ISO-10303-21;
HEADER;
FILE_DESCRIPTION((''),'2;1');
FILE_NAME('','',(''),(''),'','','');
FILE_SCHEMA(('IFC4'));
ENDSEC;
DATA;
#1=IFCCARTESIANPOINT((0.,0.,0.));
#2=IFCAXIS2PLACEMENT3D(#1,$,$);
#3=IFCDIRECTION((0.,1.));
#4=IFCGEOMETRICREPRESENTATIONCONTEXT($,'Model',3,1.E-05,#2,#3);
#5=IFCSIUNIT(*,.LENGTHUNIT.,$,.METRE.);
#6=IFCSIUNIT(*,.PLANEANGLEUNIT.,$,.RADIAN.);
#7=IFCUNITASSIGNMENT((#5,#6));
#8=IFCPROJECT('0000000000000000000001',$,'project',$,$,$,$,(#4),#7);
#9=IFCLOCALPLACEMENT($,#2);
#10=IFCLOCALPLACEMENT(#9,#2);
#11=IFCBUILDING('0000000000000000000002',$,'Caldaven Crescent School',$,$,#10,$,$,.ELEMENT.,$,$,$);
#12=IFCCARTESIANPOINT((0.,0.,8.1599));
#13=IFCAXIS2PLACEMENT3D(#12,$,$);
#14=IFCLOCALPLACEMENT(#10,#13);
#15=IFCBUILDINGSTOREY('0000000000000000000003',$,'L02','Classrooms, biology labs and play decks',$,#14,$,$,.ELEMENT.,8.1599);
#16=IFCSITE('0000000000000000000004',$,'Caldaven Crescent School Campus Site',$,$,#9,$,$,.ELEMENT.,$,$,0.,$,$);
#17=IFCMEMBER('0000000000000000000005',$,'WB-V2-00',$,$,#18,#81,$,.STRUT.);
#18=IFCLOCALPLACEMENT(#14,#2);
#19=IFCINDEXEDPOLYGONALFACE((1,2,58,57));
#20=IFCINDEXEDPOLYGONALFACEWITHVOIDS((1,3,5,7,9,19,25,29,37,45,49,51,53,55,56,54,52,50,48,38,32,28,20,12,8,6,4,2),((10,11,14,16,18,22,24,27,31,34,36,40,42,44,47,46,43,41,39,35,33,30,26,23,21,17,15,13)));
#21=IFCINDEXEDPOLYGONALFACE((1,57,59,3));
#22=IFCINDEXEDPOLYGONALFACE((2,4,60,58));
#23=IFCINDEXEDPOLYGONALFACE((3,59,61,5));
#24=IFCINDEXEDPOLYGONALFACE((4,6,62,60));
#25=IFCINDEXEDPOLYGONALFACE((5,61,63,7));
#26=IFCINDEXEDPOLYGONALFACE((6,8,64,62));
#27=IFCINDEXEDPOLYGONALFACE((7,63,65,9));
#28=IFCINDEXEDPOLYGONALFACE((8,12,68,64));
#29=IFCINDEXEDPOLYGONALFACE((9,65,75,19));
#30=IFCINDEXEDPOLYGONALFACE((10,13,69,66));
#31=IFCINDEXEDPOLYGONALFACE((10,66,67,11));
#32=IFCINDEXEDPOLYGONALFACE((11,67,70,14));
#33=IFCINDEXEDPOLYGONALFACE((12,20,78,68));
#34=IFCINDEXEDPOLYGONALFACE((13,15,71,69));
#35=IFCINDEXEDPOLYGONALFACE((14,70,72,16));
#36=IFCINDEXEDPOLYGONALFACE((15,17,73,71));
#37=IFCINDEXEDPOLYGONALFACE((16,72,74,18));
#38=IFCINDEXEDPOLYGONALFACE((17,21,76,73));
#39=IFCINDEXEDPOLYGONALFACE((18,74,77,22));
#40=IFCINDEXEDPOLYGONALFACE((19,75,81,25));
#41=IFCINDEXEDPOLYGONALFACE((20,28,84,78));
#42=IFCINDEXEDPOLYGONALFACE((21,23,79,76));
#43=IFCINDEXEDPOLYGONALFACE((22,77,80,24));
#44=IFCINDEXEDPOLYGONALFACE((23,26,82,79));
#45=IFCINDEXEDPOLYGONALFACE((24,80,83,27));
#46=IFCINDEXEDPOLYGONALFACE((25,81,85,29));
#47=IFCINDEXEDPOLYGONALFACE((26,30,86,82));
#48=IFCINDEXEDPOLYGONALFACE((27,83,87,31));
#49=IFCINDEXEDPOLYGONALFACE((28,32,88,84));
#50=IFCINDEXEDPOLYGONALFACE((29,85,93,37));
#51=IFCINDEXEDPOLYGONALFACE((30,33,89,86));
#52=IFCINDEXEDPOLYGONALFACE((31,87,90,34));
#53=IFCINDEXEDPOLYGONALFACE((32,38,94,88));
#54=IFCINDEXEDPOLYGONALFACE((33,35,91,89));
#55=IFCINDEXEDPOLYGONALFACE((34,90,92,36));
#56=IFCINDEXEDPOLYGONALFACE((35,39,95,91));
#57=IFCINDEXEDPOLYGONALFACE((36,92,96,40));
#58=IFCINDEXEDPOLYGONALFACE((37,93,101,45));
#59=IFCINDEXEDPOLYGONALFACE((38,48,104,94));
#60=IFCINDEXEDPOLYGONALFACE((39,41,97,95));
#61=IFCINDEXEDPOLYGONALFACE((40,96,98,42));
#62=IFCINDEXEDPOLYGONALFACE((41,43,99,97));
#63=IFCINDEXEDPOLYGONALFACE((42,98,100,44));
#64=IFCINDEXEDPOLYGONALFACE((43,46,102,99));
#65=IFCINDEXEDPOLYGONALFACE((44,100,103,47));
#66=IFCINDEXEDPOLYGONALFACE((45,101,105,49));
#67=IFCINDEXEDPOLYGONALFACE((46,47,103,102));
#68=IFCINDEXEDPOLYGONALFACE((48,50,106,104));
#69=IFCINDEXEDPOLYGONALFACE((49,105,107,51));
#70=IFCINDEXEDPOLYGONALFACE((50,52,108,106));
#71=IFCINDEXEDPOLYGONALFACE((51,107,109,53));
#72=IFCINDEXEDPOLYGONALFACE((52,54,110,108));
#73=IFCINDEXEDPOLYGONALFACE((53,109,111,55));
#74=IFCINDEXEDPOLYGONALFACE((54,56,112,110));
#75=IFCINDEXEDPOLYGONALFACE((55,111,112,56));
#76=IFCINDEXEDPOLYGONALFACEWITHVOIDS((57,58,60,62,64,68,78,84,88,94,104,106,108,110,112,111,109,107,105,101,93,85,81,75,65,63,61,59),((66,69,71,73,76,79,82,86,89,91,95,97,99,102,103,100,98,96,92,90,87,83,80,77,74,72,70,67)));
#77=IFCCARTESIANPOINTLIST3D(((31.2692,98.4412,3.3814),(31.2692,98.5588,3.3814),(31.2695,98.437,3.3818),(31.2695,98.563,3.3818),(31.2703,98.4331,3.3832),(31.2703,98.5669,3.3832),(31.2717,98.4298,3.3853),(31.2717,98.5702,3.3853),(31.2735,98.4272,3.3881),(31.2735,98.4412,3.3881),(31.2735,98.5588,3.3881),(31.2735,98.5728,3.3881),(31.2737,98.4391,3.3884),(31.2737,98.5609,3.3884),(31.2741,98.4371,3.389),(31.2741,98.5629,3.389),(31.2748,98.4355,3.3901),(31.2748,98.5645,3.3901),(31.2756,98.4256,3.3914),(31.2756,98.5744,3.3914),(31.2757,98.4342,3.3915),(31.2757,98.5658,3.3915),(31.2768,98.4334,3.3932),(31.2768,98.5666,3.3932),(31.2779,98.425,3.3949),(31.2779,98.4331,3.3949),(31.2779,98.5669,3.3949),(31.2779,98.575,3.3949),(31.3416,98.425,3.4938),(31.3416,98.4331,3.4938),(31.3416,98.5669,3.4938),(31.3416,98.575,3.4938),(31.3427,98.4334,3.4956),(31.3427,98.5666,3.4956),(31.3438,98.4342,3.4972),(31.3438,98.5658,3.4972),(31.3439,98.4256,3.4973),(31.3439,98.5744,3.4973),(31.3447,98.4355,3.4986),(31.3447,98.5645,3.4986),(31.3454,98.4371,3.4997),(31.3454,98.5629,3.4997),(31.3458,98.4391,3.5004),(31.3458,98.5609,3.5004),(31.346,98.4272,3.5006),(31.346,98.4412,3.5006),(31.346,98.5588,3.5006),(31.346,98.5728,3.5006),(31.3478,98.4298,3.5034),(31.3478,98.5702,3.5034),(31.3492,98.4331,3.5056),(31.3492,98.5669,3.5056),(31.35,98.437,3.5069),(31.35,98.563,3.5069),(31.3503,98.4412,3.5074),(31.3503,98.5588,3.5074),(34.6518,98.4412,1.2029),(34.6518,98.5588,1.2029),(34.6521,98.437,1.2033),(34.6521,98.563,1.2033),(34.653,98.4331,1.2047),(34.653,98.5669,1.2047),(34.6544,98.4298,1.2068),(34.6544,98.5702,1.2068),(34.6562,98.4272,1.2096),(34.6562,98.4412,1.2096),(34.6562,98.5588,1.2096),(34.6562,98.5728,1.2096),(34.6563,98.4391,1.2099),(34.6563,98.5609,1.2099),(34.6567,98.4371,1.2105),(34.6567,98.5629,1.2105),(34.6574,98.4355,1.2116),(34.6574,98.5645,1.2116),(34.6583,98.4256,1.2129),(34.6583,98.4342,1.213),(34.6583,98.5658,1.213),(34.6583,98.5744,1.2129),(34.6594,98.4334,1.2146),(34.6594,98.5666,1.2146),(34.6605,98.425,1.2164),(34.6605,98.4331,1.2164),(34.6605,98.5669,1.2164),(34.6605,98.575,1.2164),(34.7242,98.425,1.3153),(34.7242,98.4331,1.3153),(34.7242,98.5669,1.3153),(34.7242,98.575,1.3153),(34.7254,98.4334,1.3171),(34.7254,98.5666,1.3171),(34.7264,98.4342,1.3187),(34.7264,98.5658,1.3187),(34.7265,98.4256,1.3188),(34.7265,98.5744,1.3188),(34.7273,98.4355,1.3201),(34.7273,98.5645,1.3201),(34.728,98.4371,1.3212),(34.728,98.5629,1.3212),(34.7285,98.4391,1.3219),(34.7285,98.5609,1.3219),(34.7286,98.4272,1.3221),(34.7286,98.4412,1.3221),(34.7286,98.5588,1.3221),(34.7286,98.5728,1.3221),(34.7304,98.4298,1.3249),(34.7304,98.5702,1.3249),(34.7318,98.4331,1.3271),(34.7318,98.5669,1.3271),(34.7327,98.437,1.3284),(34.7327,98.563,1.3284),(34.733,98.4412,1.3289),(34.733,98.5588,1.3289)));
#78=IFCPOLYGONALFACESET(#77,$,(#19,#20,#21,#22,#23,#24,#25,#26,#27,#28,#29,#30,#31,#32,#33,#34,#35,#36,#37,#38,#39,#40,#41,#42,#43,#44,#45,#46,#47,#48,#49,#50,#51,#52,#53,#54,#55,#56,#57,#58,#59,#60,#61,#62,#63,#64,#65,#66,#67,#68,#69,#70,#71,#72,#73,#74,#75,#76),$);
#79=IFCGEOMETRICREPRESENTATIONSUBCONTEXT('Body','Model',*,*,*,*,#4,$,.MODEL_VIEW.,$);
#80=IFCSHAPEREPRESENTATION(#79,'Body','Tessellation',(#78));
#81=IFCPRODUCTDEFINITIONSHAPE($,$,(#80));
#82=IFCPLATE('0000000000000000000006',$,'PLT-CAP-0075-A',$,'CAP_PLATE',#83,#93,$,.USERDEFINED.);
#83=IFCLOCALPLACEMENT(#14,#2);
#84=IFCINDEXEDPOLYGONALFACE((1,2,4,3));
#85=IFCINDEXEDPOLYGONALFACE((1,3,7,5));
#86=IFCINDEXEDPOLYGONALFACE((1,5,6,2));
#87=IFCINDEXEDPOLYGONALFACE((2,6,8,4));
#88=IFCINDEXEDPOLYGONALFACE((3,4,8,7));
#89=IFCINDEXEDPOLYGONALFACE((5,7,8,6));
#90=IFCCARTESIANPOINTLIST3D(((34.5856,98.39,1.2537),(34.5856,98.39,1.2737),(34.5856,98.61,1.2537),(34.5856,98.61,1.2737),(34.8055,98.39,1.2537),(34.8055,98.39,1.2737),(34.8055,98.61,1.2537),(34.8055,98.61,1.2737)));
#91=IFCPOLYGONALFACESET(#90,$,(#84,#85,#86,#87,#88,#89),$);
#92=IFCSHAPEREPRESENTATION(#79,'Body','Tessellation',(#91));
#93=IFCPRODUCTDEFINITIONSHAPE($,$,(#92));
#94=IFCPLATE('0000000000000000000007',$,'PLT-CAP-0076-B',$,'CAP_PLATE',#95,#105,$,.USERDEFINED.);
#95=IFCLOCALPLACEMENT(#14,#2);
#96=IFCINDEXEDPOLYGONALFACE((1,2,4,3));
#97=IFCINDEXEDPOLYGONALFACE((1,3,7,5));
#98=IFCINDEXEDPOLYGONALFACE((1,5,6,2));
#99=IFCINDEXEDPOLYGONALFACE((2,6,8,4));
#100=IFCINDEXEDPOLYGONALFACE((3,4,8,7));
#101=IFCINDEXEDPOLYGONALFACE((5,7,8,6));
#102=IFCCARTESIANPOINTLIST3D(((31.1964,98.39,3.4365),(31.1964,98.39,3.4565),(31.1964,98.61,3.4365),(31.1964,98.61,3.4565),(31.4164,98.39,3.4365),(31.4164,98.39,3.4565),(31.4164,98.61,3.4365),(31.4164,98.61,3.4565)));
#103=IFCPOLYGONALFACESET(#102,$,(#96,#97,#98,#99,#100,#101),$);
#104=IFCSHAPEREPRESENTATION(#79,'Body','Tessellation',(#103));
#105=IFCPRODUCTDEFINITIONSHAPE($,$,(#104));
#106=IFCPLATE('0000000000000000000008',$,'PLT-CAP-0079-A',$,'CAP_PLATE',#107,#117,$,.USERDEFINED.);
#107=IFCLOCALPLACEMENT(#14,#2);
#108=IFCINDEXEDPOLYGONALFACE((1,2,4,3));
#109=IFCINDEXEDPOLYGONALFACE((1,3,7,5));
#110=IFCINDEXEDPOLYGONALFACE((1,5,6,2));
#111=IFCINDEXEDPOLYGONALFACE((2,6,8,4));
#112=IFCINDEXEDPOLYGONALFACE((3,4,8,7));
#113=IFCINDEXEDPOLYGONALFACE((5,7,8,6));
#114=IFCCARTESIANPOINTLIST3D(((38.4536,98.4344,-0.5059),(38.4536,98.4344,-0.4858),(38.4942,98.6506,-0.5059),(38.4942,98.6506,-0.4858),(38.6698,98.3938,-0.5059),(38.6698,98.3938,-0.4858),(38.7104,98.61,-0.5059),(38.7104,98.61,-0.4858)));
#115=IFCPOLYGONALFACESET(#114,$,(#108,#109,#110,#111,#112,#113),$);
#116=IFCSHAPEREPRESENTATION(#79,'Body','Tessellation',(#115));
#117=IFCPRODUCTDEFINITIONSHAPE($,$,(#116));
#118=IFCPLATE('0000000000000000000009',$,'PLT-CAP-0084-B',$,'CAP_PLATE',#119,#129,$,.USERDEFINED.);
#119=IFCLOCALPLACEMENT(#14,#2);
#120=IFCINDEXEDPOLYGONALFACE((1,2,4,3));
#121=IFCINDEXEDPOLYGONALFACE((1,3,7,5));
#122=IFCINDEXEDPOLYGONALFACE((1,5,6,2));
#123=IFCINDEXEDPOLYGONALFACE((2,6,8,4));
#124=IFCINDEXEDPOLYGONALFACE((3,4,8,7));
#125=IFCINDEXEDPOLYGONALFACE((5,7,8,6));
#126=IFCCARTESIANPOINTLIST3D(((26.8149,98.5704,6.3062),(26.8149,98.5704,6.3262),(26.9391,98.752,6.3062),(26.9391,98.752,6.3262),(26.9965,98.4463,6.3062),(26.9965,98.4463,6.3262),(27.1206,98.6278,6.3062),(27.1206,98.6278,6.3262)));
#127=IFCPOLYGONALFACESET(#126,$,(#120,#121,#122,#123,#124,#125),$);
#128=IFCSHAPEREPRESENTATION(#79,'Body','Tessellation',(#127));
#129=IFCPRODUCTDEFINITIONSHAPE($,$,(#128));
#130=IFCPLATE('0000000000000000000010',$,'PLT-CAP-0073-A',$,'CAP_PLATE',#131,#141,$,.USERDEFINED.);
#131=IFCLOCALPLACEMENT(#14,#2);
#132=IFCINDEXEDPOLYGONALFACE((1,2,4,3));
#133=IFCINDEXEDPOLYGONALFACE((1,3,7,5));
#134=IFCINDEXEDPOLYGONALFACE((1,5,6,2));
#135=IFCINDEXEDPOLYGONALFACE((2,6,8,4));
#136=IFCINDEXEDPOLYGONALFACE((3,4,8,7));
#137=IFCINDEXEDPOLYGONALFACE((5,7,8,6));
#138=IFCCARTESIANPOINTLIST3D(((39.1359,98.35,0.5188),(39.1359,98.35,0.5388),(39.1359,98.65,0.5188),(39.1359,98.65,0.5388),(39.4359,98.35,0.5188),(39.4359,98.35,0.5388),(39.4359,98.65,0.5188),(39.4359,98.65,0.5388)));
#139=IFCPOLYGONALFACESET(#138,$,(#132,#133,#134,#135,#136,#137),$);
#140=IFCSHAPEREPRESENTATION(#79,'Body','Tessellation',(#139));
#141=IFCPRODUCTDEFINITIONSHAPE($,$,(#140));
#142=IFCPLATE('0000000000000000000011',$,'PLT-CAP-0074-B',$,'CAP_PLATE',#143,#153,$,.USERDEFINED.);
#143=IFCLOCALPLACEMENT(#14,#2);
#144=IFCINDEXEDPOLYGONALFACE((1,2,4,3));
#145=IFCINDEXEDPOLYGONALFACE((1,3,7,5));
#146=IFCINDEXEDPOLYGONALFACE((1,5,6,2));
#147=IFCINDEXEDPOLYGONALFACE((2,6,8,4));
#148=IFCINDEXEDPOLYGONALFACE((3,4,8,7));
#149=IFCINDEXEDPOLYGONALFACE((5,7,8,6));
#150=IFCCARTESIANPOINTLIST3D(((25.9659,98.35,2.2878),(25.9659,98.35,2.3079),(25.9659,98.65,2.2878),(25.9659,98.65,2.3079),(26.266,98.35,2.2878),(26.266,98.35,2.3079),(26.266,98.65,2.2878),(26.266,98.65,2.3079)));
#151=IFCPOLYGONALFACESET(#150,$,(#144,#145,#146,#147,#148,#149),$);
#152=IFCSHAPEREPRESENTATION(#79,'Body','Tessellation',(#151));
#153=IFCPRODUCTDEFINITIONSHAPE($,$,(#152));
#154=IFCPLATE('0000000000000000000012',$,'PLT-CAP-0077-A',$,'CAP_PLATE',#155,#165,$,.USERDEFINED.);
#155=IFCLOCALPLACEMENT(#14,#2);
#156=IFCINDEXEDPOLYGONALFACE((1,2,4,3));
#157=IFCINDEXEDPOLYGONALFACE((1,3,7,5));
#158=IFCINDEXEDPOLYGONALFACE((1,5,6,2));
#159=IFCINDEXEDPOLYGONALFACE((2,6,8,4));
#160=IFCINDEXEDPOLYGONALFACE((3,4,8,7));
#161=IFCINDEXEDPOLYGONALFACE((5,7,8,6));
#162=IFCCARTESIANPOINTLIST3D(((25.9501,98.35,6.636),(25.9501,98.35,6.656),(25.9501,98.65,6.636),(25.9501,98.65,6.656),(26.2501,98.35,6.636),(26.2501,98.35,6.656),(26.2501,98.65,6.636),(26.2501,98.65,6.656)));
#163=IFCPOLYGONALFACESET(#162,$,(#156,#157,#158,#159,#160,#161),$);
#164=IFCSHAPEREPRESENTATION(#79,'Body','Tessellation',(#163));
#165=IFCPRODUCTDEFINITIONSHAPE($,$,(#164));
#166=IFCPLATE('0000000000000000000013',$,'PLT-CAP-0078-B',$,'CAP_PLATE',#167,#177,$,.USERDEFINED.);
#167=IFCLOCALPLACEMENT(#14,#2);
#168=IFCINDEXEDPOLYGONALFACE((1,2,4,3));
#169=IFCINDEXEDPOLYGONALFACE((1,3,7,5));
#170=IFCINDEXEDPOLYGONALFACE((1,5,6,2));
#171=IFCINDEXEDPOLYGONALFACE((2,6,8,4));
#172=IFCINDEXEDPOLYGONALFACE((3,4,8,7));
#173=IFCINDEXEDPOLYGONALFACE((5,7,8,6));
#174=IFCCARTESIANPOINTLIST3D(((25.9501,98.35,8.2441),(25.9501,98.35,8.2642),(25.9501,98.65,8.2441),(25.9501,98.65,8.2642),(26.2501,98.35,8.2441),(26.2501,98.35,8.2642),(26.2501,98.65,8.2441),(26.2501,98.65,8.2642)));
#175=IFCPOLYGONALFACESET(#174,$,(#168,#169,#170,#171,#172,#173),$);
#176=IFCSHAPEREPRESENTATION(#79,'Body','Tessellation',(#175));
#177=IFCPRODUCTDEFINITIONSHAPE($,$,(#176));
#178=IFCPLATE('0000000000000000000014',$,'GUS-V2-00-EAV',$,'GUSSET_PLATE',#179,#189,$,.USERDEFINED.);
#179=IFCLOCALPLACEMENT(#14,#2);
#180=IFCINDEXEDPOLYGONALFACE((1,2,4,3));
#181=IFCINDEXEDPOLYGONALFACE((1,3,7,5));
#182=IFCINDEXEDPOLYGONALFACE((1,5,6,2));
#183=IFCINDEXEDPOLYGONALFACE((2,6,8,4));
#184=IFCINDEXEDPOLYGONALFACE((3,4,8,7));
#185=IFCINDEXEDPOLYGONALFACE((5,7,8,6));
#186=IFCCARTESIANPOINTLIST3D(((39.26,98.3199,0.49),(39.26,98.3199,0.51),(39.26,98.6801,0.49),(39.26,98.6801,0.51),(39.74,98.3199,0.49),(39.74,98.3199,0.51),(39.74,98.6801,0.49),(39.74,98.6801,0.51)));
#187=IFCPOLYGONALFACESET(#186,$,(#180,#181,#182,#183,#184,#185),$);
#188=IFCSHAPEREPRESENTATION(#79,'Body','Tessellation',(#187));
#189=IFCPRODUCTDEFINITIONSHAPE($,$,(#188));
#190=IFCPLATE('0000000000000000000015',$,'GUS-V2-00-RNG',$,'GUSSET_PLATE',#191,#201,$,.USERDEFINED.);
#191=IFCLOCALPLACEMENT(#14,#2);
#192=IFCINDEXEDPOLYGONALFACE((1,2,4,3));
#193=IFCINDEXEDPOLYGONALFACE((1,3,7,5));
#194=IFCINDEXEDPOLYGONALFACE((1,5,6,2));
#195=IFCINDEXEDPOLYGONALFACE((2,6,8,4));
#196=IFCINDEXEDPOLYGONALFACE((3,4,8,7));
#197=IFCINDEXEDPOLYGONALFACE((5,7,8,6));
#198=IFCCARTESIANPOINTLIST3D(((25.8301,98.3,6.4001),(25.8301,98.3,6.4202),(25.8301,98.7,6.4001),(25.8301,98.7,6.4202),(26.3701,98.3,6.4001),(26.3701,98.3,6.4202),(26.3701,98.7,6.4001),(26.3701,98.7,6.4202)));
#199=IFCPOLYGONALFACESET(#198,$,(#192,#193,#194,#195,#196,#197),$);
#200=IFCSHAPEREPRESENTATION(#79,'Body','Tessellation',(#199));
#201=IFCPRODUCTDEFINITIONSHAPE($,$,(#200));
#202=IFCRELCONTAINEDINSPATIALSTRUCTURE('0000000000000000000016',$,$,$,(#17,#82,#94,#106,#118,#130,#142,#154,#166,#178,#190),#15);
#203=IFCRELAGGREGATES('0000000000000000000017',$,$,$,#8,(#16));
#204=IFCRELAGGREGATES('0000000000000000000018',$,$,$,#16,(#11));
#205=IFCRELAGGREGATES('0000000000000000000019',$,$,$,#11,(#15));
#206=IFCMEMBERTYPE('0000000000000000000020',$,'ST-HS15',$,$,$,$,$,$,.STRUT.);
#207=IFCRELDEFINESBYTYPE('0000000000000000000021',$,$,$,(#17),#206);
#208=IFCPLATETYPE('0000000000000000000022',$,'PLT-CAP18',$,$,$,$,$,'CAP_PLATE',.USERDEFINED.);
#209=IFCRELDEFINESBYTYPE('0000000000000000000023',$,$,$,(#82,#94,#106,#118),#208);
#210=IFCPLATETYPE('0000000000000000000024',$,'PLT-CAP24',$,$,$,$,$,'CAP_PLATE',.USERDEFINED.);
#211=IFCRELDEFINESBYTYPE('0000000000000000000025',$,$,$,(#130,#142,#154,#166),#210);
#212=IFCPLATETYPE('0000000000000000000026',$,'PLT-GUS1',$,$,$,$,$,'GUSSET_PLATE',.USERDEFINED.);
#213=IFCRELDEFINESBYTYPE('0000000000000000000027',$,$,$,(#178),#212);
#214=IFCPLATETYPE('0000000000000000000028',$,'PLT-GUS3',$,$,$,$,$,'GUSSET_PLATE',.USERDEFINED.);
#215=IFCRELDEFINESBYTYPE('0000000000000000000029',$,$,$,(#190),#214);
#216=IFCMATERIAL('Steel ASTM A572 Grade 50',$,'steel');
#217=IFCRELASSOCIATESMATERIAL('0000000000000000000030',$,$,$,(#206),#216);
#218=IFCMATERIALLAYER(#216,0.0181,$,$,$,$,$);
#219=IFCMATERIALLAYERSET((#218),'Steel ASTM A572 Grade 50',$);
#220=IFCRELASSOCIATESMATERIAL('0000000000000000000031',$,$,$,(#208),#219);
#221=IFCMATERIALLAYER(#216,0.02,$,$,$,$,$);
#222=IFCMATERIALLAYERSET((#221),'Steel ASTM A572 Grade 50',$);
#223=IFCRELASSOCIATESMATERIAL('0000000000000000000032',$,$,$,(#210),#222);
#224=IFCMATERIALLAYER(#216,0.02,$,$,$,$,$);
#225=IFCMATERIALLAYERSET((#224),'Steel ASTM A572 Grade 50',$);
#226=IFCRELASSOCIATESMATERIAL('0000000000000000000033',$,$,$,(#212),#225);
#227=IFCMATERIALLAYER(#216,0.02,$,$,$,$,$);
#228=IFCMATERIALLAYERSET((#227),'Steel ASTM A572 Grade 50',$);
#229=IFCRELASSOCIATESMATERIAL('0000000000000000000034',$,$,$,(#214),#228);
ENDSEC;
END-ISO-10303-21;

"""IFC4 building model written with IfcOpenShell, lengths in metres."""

from ifc_helpers import new_model, si_unit, direction, frame, origin, origin_2d, place, context, subcontext, project, spatial, rectangle, hollow_rectangle, extrude, material, layer, layer_set, material_profile, profile_set, type_object, element, save


model = new_model("IFC4")

# Units and contexts
model_context = context("Model", 3, precision=1e-05, world=origin(), true_north=direction((0.0, 1.0)))
body_context = subcontext(model_context, "Body", "Model", "MODEL_VIEW")
ifc_project = project(units=[si_unit("LENGTHUNIT", "METRE"), si_unit("PLANEANGLEUNIT", "RADIAN")], contexts=[model_context])

# Site, building, storey
site_placement = place(None, origin())
site = spatial("IfcSite", under=ifc_project, at=site_placement, Name="Caldaven Crescent School Campus Site", CompositionType="ELEMENT", RefElevation=0.0)
building_placement = place(site_placement, origin())
building = spatial("IfcBuilding", under=site, at=building_placement, Name="Caldaven Crescent School", CompositionType="ELEMENT")
storey_placement = place(building_placement, frame((0.0, 0.0, 8.1599)))
storey = spatial("IfcBuildingStorey", under=building, at=storey_placement, Name="L02", Description="Classrooms, biology labs and play decks", CompositionType="ELEMENT", Elevation=8.1599)

# Shared definitions
ifc_material_1 = material(Name="Steel ASTM A572 Grade 50", Category="steel")

# Member
ifc_material_profile_1 = material_profile(ifc_material_1, hollow_rectangle(XDim=0.1499, YDim=0.1499, WallThickness=0.0081, InnerFilletRadius=0.0081, OuterFilletRadius=0.0161, at=origin_2d()), Name="HSS 150x150x8")
ifc_profile_set_1 = profile_set([ifc_material_profile_1], Name="Steel ASTM A572 Grade 50")
member_type_1 = type_object("IfcMemberType", Name="ST-HS15", PredefinedType="STRUT", material=ifc_profile_set_1)
member_1_placement = place(storey_placement, frame((34.6924, 98.5, 1.2659), z_axis=(-0.840731, 0.0, 0.541454), x_axis=(0.0, -1.0, 0.0)))
element("IfcMember", 1, at=member_1_placement, inside=storey, type_object=member_type_1, Name="WB-V2-00", PredefinedType="STRUT", context=body_context, shape_type="SweptSolid", body=[
    extrude(hollow_rectangle(XDim=0.1499, YDim=0.1499, WallThickness=0.0081, InnerFilletRadius=0.0081, OuterFilletRadius=0.0161, at=origin_2d()), origin(), (0.0, 0.0, 1.0), 4.0234),
])

# Plates
ifc_layer_1 = layer(ifc_material_1, 0.0181)
ifc_layer_set_1 = layer_set([ifc_layer_1], Name="Steel ASTM A572 Grade 50")
plate_type_1 = type_object("IfcPlateType", Name="PLT-CAP18", ElementType="CAP_PLATE", PredefinedType="USERDEFINED", material=ifc_layer_set_1)
for number, where, z_axis, x_axis, name in (
    (2, (34.6956, 98.5, 1.2537), (0.0, 0.0, 1.0), (-1.0, 0.0, 0.0), "PLT-CAP-0075-A"),
    (3, (31.3064, 98.5, 3.4365), (0.0, 0.0, 1.0), (-1.0, 0.0, 0.0), "PLT-CAP-0076-B"),
    (4, (38.582, 98.5222, -0.5059), (0.0, 0.0, 1.0), (-0.982807, 0.184638, 0.0), "PLT-CAP-0079-A"),
    (5, (26.9678, 98.5991, 6.3062), (0.0, 0.0, 1.0), (-0.564391, -0.825508, 0.0), "PLT-CAP-0084-B"),
):
    element("IfcPlate", number, at=place(storey_placement, frame(where, z_axis=z_axis, x_axis=x_axis)), inside=storey, type_object=plate_type_1, Name=name, ObjectType="CAP_PLATE", PredefinedType="USERDEFINED", context=body_context, shape_type="SweptSolid", body=[
        extrude(rectangle(XDim=0.22, YDim=0.22, at=origin_2d()), origin(), (0.0, 0.0, 1.0), 0.02),
    ])
ifc_layer_2 = layer(ifc_material_1, 0.02)
ifc_layer_set_2 = layer_set([ifc_layer_2], Name="Steel ASTM A572 Grade 50")
plate_type_2 = type_object("IfcPlateType", Name="PLT-CAP24", ElementType="CAP_PLATE", PredefinedType="USERDEFINED", material=ifc_layer_set_2)
for number, where, z_axis, x_axis, name in (
    (6, (39.2859, 98.5, 0.5188), (0.0, 0.0, 1.0), (-1.0, 0.0, 0.0), "PLT-CAP-0073-A"),
    (7, (26.116, 98.5, 2.2878), (0.0, 0.0, 1.0), (-1.0, 0.0, 0.0), "PLT-CAP-0074-B"),
    (8, (26.1001, 98.5, 6.636), (0.0, 0.0, 1.0), (1.0, 0.0, 0.0), "PLT-CAP-0077-A"),
    (9, (26.1001, 98.5, 8.2441), (0.0, 0.0, 1.0), (1.0, 0.0, 0.0), "PLT-CAP-0078-B"),
):
    element("IfcPlate", number, at=place(storey_placement, frame(where, z_axis=z_axis, x_axis=x_axis)), inside=storey, type_object=plate_type_2, Name=name, ObjectType="CAP_PLATE", PredefinedType="USERDEFINED", context=body_context, shape_type="SweptSolid", body=[
        extrude(rectangle(XDim=0.3, YDim=0.3, at=origin_2d()), origin(), (0.0, 0.0, 1.0), 0.02),
    ])
ifc_layer_3 = layer(ifc_material_1, 0.02)
ifc_layer_set_3 = layer_set([ifc_layer_3], Name="Steel ASTM A572 Grade 50")
plate_type_3 = type_object("IfcPlateType", Name="PLT-GUS1", ElementType="GUSSET_PLATE", PredefinedType="USERDEFINED", material=ifc_layer_set_3)
plate_1_placement = place(storey_placement, frame((39.5, 98.5, 0.49), z_axis=(0.0, 0.0, 1.0), x_axis=(1.0, 0.0, 0.0)))
element("IfcPlate", 10, at=plate_1_placement, inside=storey, type_object=plate_type_3, Name="GUS-V2-00-EAV", ObjectType="GUSSET_PLATE", PredefinedType="USERDEFINED", context=body_context, shape_type="SweptSolid", body=[
    extrude(rectangle(XDim=0.48, YDim=0.3601, at=origin_2d()), origin(), (0.0, 0.0, 1.0), 0.02),
])
ifc_layer_4 = layer(ifc_material_1, 0.02)
ifc_layer_set_4 = layer_set([ifc_layer_4], Name="Steel ASTM A572 Grade 50")
plate_type_4 = type_object("IfcPlateType", Name="PLT-GUS3", ElementType="GUSSET_PLATE", PredefinedType="USERDEFINED", material=ifc_layer_set_4)
plate_2_placement = place(storey_placement, frame((26.1001, 98.5, 6.4001), z_axis=(0.0, 0.0, 1.0), x_axis=(1.0, 0.0, 0.0)))
element("IfcPlate", 11, at=plate_2_placement, inside=storey, type_object=plate_type_4, Name="GUS-V2-00-RNG", ObjectType="GUSSET_PLATE", PredefinedType="USERDEFINED", context=body_context, shape_type="SweptSolid", body=[
    extrude(rectangle(XDim=0.54, YDim=0.3999, at=origin_2d()), origin(), (0.0, 0.0, 1.0), 0.02),
])

save(model, "model.ifc")
